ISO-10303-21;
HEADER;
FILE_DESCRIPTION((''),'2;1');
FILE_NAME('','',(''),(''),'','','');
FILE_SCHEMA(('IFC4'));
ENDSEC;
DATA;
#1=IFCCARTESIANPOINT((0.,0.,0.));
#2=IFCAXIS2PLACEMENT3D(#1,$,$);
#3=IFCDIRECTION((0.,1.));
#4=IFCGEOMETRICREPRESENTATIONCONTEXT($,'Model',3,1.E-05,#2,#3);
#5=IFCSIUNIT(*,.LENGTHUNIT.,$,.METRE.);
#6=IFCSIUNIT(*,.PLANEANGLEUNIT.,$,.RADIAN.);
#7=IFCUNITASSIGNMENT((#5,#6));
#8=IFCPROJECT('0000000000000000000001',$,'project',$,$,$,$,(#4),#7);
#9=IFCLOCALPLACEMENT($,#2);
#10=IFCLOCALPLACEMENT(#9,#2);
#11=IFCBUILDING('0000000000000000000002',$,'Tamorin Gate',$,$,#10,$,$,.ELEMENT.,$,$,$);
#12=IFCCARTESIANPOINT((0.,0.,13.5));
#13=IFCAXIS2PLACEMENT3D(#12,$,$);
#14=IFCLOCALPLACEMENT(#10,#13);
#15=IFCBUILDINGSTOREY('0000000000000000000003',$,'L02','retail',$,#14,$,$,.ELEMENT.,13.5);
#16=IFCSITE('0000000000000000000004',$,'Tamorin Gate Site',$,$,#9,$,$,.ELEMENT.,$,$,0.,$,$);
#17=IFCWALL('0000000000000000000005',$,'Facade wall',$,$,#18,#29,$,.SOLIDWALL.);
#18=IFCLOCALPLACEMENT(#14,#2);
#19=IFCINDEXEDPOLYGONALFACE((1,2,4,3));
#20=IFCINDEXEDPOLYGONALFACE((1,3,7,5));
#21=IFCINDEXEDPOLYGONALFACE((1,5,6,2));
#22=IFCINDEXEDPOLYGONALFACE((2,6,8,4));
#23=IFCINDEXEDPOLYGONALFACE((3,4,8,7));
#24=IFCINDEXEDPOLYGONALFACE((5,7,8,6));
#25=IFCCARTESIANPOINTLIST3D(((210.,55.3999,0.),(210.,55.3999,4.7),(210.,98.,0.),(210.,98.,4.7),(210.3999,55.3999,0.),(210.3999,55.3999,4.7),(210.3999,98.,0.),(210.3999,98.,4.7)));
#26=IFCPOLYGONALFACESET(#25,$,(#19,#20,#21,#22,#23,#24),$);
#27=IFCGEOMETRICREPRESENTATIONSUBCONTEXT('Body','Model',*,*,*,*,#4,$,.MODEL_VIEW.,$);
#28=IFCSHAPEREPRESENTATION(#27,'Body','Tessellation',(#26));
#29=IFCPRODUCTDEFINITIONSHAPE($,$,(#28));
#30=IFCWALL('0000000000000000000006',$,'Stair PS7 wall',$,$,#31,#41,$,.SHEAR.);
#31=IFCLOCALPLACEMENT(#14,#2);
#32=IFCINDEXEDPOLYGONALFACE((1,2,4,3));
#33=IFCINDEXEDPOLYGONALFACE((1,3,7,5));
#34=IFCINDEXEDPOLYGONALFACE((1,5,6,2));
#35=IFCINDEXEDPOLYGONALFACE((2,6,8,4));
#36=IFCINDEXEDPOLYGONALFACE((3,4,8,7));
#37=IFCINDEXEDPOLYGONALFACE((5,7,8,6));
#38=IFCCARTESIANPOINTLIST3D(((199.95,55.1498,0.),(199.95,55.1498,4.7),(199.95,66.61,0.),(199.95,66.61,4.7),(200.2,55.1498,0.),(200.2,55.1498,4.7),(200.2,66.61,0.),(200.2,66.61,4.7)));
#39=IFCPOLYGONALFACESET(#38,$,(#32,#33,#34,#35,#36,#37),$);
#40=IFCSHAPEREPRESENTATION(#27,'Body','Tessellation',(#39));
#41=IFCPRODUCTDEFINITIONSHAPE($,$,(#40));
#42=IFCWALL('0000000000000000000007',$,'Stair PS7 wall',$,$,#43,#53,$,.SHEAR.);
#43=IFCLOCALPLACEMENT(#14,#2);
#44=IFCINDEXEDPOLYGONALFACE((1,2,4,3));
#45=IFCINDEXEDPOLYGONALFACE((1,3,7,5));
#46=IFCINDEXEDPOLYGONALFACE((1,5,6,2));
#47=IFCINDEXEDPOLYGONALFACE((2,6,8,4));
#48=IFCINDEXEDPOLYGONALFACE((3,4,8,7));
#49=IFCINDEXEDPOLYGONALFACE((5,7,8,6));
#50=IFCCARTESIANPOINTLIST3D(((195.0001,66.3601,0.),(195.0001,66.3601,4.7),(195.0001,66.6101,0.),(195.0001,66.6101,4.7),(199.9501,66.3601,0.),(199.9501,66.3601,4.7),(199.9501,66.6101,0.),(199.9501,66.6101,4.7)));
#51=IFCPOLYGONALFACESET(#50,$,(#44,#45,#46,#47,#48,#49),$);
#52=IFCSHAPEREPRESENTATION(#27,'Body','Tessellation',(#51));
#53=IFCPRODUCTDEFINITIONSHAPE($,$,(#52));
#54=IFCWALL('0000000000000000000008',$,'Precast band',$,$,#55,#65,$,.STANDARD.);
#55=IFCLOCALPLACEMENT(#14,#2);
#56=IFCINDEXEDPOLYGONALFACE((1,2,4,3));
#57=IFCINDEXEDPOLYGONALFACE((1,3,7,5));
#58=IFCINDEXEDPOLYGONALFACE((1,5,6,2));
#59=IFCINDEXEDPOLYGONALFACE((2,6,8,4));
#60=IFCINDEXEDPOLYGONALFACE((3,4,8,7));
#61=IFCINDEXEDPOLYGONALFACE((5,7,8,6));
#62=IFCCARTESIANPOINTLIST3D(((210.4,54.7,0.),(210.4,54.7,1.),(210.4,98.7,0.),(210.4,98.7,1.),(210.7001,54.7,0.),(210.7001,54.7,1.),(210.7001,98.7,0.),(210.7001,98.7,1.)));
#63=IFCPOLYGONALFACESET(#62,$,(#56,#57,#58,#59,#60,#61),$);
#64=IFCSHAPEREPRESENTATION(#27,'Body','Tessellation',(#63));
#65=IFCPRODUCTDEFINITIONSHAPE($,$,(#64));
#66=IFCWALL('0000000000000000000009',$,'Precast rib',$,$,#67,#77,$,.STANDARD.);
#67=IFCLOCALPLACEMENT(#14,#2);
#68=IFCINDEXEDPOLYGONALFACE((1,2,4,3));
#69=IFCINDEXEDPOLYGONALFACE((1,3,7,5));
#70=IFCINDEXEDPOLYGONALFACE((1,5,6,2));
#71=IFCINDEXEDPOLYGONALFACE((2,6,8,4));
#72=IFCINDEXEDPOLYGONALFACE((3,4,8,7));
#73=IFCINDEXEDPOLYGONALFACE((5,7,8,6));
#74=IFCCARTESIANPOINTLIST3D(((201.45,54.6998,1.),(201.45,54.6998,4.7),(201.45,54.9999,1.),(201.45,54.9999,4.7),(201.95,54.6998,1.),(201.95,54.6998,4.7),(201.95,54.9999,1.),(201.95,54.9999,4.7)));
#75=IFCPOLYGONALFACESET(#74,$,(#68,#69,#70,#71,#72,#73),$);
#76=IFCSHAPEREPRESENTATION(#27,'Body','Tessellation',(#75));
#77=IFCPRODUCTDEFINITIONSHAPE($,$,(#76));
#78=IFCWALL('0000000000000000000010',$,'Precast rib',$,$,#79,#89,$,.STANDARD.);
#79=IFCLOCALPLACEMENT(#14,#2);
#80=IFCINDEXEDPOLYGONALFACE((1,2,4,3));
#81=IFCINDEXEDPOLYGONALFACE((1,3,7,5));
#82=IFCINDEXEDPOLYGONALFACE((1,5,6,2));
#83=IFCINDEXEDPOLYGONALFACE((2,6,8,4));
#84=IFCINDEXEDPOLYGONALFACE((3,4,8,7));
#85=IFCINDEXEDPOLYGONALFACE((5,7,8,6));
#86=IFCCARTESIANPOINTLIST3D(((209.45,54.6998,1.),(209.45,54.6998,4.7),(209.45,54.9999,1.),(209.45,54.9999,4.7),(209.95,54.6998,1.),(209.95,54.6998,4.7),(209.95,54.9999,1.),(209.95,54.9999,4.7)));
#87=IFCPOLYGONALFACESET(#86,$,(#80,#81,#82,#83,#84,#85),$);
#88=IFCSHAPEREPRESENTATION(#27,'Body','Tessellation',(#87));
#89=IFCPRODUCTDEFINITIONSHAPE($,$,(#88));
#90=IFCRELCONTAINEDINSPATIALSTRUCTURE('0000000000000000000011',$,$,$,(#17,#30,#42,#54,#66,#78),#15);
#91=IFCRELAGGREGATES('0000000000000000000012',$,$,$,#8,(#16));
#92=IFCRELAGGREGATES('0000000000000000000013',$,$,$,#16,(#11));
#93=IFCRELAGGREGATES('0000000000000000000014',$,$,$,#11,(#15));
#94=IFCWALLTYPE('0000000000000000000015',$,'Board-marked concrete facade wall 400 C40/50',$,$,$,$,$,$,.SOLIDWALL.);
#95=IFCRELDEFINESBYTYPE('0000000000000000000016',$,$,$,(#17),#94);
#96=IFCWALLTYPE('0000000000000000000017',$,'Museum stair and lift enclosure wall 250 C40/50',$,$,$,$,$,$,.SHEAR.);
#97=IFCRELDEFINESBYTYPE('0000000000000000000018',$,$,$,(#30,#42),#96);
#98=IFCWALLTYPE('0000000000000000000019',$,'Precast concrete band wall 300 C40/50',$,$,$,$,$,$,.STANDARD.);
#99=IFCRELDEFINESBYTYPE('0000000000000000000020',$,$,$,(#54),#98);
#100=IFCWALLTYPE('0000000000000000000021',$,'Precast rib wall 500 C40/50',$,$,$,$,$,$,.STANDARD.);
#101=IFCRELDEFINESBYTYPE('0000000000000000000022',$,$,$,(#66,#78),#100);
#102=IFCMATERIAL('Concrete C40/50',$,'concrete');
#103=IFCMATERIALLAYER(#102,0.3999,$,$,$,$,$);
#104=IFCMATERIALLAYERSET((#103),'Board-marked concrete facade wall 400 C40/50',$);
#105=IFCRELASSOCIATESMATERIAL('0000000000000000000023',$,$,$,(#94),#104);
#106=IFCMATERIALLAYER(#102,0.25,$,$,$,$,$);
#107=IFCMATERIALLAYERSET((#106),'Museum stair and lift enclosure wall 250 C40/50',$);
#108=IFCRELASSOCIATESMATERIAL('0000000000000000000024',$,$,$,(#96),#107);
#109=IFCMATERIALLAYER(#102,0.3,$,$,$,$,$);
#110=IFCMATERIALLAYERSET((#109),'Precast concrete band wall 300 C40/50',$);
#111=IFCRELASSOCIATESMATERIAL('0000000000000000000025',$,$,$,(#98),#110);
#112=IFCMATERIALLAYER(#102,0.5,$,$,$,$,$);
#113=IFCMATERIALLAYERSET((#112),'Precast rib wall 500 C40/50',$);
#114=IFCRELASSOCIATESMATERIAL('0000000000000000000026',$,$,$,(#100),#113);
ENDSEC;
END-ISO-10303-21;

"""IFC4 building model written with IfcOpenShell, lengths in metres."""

from ifc_helpers import new_model, si_unit, direction, frame, frame_2d, origin, place, context, subcontext, project, spatial, rectangle, extrude, material, layer, layer_set, type_object, element, save


model = new_model("IFC4")

# Units and contexts
model_context = context("Model", 3, precision=1e-05, world=origin(), true_north=direction((0.0, 1.0)))
body_context = subcontext(model_context, "Body", "Model", "MODEL_VIEW")
ifc_project = project(units=[si_unit("LENGTHUNIT", "METRE"), si_unit("PLANEANGLEUNIT", "RADIAN")], contexts=[model_context])

# Site, building, storey
site_placement = place(None, origin())
site = spatial("IfcSite", under=ifc_project, at=site_placement, Name="Tamorin Gate Site", CompositionType="ELEMENT", RefElevation=0.0)
building_placement = place(site_placement, origin())
building = spatial("IfcBuilding", under=site, at=building_placement, Name="Tamorin Gate", CompositionType="ELEMENT")
storey_placement = place(building_placement, frame((0.0, 0.0, 13.5)))
storey = spatial("IfcBuildingStorey", under=building, at=storey_placement, Name="L02", Description="retail", CompositionType="ELEMENT", Elevation=13.5)

# Walls
ifc_material_1 = material(Name="Concrete C40/50", Category="concrete")
ifc_layer_1 = layer(ifc_material_1, 0.3999)
ifc_layer_set_1 = layer_set([ifc_layer_1], Name="Board-marked concrete facade wall 400 C40/50")
wall_type_1 = type_object("IfcWallType", Name="Board-marked concrete facade wall 400 C40/50", PredefinedType="SOLIDWALL", material=ifc_layer_set_1)
wall_1_placement = place(storey_placement, frame((210.2, 55.3999, 0.0), z_axis=(0.0, 0.0, 1.0), x_axis=(0.0, 1.0, 0.0)))
element("IfcWall", 1, at=wall_1_placement, inside=storey, type_object=wall_type_1, Name="Facade wall", PredefinedType="SOLIDWALL", context=body_context, shape_type="SweptSolid", body=[
    extrude(rectangle(XDim=42.6001, YDim=0.3999, at=frame_2d((21.3, 0.0))), origin(), (0.0, 0.0, 1.0), 4.7),
])
ifc_layer_2 = layer(ifc_material_1, 0.25)
ifc_layer_set_2 = layer_set([ifc_layer_2], Name="Museum stair and lift enclosure wall 250 C40/50")
wall_type_2 = type_object("IfcWallType", Name="Museum stair and lift enclosure wall 250 C40/50", PredefinedType="SHEAR", material=ifc_layer_set_2)
wall_2_placement = place(storey_placement, frame((200.075, 55.1499, 0.0), z_axis=(0.0, 0.0, 1.0), x_axis=(0.0, 1.0, 0.0)))
element("IfcWall", 2, at=wall_2_placement, inside=storey, type_object=wall_type_2, Name="Stair PS7 wall", PredefinedType="SHEAR", context=body_context, shape_type="SweptSolid", body=[
    extrude(rectangle(XDim=11.4602, YDim=0.25, at=frame_2d((5.73, 0.0))), origin(), (0.0, 0.0, 1.0), 4.7),
])
wall_3_placement = place(storey_placement, frame((195.0, 66.4851, 0.0), z_axis=(0.0, 0.0, 1.0), x_axis=(1.0, 0.0, 0.0)))
element("IfcWall", 3, at=wall_3_placement, inside=storey, type_object=wall_type_2, Name="Stair PS7 wall", PredefinedType="SHEAR", context=body_context, shape_type="SweptSolid", body=[
    extrude(rectangle(XDim=4.95, YDim=0.25, at=frame_2d((2.4751, 0.0))), origin(), (0.0, 0.0, 1.0), 4.7),
])
ifc_layer_3 = layer(ifc_material_1, 0.3)
ifc_layer_set_3 = layer_set([ifc_layer_3], Name="Precast concrete band wall 300 C40/50")
wall_type_3 = type_object("IfcWallType", Name="Precast concrete band wall 300 C40/50", PredefinedType="STANDARD", material=ifc_layer_set_3)
wall_4_placement = place(storey_placement, frame((210.55, 54.7, 0.0), z_axis=(0.0, 0.0, 1.0), x_axis=(0.0, 1.0, 0.0)))
element("IfcWall", 4, at=wall_4_placement, inside=storey, type_object=wall_type_3, Name="Precast band", PredefinedType="STANDARD", context=body_context, shape_type="SweptSolid", body=[
    extrude(rectangle(XDim=44.0, YDim=0.3, at=frame_2d((22.0, 0.0))), origin(), (0.0, 0.0, 1.0), 1.0),
])
ifc_layer_4 = layer(ifc_material_1, 0.5)
ifc_layer_set_4 = layer_set([ifc_layer_4], Name="Precast rib wall 500 C40/50")
wall_type_4 = type_object("IfcWallType", Name="Precast rib wall 500 C40/50", PredefinedType="STANDARD", material=ifc_layer_set_4)
for number, where, z_axis, x_axis, name in (
    (5, (201.7, 54.7, 1.0), (0.0, 0.0, 1.0), (0.0, 1.0, 0.0), "Precast rib"),
    (6, (209.7, 54.7, 1.0), (0.0, 0.0, 1.0), (0.0, 1.0, 0.0), "Precast rib"),
):
    element("IfcWall", number, at=place(storey_placement, frame(where, z_axis=z_axis, x_axis=x_axis)), inside=storey, type_object=wall_type_4, Name=name, PredefinedType="STANDARD", context=body_context, shape_type="SweptSolid", body=[
        extrude(rectangle(XDim=0.3, YDim=0.5, at=frame_2d((0.1499, 0.0))), origin(), (0.0, 0.0, 1.0), 3.7),
    ])

save(model, "model.ifc")
